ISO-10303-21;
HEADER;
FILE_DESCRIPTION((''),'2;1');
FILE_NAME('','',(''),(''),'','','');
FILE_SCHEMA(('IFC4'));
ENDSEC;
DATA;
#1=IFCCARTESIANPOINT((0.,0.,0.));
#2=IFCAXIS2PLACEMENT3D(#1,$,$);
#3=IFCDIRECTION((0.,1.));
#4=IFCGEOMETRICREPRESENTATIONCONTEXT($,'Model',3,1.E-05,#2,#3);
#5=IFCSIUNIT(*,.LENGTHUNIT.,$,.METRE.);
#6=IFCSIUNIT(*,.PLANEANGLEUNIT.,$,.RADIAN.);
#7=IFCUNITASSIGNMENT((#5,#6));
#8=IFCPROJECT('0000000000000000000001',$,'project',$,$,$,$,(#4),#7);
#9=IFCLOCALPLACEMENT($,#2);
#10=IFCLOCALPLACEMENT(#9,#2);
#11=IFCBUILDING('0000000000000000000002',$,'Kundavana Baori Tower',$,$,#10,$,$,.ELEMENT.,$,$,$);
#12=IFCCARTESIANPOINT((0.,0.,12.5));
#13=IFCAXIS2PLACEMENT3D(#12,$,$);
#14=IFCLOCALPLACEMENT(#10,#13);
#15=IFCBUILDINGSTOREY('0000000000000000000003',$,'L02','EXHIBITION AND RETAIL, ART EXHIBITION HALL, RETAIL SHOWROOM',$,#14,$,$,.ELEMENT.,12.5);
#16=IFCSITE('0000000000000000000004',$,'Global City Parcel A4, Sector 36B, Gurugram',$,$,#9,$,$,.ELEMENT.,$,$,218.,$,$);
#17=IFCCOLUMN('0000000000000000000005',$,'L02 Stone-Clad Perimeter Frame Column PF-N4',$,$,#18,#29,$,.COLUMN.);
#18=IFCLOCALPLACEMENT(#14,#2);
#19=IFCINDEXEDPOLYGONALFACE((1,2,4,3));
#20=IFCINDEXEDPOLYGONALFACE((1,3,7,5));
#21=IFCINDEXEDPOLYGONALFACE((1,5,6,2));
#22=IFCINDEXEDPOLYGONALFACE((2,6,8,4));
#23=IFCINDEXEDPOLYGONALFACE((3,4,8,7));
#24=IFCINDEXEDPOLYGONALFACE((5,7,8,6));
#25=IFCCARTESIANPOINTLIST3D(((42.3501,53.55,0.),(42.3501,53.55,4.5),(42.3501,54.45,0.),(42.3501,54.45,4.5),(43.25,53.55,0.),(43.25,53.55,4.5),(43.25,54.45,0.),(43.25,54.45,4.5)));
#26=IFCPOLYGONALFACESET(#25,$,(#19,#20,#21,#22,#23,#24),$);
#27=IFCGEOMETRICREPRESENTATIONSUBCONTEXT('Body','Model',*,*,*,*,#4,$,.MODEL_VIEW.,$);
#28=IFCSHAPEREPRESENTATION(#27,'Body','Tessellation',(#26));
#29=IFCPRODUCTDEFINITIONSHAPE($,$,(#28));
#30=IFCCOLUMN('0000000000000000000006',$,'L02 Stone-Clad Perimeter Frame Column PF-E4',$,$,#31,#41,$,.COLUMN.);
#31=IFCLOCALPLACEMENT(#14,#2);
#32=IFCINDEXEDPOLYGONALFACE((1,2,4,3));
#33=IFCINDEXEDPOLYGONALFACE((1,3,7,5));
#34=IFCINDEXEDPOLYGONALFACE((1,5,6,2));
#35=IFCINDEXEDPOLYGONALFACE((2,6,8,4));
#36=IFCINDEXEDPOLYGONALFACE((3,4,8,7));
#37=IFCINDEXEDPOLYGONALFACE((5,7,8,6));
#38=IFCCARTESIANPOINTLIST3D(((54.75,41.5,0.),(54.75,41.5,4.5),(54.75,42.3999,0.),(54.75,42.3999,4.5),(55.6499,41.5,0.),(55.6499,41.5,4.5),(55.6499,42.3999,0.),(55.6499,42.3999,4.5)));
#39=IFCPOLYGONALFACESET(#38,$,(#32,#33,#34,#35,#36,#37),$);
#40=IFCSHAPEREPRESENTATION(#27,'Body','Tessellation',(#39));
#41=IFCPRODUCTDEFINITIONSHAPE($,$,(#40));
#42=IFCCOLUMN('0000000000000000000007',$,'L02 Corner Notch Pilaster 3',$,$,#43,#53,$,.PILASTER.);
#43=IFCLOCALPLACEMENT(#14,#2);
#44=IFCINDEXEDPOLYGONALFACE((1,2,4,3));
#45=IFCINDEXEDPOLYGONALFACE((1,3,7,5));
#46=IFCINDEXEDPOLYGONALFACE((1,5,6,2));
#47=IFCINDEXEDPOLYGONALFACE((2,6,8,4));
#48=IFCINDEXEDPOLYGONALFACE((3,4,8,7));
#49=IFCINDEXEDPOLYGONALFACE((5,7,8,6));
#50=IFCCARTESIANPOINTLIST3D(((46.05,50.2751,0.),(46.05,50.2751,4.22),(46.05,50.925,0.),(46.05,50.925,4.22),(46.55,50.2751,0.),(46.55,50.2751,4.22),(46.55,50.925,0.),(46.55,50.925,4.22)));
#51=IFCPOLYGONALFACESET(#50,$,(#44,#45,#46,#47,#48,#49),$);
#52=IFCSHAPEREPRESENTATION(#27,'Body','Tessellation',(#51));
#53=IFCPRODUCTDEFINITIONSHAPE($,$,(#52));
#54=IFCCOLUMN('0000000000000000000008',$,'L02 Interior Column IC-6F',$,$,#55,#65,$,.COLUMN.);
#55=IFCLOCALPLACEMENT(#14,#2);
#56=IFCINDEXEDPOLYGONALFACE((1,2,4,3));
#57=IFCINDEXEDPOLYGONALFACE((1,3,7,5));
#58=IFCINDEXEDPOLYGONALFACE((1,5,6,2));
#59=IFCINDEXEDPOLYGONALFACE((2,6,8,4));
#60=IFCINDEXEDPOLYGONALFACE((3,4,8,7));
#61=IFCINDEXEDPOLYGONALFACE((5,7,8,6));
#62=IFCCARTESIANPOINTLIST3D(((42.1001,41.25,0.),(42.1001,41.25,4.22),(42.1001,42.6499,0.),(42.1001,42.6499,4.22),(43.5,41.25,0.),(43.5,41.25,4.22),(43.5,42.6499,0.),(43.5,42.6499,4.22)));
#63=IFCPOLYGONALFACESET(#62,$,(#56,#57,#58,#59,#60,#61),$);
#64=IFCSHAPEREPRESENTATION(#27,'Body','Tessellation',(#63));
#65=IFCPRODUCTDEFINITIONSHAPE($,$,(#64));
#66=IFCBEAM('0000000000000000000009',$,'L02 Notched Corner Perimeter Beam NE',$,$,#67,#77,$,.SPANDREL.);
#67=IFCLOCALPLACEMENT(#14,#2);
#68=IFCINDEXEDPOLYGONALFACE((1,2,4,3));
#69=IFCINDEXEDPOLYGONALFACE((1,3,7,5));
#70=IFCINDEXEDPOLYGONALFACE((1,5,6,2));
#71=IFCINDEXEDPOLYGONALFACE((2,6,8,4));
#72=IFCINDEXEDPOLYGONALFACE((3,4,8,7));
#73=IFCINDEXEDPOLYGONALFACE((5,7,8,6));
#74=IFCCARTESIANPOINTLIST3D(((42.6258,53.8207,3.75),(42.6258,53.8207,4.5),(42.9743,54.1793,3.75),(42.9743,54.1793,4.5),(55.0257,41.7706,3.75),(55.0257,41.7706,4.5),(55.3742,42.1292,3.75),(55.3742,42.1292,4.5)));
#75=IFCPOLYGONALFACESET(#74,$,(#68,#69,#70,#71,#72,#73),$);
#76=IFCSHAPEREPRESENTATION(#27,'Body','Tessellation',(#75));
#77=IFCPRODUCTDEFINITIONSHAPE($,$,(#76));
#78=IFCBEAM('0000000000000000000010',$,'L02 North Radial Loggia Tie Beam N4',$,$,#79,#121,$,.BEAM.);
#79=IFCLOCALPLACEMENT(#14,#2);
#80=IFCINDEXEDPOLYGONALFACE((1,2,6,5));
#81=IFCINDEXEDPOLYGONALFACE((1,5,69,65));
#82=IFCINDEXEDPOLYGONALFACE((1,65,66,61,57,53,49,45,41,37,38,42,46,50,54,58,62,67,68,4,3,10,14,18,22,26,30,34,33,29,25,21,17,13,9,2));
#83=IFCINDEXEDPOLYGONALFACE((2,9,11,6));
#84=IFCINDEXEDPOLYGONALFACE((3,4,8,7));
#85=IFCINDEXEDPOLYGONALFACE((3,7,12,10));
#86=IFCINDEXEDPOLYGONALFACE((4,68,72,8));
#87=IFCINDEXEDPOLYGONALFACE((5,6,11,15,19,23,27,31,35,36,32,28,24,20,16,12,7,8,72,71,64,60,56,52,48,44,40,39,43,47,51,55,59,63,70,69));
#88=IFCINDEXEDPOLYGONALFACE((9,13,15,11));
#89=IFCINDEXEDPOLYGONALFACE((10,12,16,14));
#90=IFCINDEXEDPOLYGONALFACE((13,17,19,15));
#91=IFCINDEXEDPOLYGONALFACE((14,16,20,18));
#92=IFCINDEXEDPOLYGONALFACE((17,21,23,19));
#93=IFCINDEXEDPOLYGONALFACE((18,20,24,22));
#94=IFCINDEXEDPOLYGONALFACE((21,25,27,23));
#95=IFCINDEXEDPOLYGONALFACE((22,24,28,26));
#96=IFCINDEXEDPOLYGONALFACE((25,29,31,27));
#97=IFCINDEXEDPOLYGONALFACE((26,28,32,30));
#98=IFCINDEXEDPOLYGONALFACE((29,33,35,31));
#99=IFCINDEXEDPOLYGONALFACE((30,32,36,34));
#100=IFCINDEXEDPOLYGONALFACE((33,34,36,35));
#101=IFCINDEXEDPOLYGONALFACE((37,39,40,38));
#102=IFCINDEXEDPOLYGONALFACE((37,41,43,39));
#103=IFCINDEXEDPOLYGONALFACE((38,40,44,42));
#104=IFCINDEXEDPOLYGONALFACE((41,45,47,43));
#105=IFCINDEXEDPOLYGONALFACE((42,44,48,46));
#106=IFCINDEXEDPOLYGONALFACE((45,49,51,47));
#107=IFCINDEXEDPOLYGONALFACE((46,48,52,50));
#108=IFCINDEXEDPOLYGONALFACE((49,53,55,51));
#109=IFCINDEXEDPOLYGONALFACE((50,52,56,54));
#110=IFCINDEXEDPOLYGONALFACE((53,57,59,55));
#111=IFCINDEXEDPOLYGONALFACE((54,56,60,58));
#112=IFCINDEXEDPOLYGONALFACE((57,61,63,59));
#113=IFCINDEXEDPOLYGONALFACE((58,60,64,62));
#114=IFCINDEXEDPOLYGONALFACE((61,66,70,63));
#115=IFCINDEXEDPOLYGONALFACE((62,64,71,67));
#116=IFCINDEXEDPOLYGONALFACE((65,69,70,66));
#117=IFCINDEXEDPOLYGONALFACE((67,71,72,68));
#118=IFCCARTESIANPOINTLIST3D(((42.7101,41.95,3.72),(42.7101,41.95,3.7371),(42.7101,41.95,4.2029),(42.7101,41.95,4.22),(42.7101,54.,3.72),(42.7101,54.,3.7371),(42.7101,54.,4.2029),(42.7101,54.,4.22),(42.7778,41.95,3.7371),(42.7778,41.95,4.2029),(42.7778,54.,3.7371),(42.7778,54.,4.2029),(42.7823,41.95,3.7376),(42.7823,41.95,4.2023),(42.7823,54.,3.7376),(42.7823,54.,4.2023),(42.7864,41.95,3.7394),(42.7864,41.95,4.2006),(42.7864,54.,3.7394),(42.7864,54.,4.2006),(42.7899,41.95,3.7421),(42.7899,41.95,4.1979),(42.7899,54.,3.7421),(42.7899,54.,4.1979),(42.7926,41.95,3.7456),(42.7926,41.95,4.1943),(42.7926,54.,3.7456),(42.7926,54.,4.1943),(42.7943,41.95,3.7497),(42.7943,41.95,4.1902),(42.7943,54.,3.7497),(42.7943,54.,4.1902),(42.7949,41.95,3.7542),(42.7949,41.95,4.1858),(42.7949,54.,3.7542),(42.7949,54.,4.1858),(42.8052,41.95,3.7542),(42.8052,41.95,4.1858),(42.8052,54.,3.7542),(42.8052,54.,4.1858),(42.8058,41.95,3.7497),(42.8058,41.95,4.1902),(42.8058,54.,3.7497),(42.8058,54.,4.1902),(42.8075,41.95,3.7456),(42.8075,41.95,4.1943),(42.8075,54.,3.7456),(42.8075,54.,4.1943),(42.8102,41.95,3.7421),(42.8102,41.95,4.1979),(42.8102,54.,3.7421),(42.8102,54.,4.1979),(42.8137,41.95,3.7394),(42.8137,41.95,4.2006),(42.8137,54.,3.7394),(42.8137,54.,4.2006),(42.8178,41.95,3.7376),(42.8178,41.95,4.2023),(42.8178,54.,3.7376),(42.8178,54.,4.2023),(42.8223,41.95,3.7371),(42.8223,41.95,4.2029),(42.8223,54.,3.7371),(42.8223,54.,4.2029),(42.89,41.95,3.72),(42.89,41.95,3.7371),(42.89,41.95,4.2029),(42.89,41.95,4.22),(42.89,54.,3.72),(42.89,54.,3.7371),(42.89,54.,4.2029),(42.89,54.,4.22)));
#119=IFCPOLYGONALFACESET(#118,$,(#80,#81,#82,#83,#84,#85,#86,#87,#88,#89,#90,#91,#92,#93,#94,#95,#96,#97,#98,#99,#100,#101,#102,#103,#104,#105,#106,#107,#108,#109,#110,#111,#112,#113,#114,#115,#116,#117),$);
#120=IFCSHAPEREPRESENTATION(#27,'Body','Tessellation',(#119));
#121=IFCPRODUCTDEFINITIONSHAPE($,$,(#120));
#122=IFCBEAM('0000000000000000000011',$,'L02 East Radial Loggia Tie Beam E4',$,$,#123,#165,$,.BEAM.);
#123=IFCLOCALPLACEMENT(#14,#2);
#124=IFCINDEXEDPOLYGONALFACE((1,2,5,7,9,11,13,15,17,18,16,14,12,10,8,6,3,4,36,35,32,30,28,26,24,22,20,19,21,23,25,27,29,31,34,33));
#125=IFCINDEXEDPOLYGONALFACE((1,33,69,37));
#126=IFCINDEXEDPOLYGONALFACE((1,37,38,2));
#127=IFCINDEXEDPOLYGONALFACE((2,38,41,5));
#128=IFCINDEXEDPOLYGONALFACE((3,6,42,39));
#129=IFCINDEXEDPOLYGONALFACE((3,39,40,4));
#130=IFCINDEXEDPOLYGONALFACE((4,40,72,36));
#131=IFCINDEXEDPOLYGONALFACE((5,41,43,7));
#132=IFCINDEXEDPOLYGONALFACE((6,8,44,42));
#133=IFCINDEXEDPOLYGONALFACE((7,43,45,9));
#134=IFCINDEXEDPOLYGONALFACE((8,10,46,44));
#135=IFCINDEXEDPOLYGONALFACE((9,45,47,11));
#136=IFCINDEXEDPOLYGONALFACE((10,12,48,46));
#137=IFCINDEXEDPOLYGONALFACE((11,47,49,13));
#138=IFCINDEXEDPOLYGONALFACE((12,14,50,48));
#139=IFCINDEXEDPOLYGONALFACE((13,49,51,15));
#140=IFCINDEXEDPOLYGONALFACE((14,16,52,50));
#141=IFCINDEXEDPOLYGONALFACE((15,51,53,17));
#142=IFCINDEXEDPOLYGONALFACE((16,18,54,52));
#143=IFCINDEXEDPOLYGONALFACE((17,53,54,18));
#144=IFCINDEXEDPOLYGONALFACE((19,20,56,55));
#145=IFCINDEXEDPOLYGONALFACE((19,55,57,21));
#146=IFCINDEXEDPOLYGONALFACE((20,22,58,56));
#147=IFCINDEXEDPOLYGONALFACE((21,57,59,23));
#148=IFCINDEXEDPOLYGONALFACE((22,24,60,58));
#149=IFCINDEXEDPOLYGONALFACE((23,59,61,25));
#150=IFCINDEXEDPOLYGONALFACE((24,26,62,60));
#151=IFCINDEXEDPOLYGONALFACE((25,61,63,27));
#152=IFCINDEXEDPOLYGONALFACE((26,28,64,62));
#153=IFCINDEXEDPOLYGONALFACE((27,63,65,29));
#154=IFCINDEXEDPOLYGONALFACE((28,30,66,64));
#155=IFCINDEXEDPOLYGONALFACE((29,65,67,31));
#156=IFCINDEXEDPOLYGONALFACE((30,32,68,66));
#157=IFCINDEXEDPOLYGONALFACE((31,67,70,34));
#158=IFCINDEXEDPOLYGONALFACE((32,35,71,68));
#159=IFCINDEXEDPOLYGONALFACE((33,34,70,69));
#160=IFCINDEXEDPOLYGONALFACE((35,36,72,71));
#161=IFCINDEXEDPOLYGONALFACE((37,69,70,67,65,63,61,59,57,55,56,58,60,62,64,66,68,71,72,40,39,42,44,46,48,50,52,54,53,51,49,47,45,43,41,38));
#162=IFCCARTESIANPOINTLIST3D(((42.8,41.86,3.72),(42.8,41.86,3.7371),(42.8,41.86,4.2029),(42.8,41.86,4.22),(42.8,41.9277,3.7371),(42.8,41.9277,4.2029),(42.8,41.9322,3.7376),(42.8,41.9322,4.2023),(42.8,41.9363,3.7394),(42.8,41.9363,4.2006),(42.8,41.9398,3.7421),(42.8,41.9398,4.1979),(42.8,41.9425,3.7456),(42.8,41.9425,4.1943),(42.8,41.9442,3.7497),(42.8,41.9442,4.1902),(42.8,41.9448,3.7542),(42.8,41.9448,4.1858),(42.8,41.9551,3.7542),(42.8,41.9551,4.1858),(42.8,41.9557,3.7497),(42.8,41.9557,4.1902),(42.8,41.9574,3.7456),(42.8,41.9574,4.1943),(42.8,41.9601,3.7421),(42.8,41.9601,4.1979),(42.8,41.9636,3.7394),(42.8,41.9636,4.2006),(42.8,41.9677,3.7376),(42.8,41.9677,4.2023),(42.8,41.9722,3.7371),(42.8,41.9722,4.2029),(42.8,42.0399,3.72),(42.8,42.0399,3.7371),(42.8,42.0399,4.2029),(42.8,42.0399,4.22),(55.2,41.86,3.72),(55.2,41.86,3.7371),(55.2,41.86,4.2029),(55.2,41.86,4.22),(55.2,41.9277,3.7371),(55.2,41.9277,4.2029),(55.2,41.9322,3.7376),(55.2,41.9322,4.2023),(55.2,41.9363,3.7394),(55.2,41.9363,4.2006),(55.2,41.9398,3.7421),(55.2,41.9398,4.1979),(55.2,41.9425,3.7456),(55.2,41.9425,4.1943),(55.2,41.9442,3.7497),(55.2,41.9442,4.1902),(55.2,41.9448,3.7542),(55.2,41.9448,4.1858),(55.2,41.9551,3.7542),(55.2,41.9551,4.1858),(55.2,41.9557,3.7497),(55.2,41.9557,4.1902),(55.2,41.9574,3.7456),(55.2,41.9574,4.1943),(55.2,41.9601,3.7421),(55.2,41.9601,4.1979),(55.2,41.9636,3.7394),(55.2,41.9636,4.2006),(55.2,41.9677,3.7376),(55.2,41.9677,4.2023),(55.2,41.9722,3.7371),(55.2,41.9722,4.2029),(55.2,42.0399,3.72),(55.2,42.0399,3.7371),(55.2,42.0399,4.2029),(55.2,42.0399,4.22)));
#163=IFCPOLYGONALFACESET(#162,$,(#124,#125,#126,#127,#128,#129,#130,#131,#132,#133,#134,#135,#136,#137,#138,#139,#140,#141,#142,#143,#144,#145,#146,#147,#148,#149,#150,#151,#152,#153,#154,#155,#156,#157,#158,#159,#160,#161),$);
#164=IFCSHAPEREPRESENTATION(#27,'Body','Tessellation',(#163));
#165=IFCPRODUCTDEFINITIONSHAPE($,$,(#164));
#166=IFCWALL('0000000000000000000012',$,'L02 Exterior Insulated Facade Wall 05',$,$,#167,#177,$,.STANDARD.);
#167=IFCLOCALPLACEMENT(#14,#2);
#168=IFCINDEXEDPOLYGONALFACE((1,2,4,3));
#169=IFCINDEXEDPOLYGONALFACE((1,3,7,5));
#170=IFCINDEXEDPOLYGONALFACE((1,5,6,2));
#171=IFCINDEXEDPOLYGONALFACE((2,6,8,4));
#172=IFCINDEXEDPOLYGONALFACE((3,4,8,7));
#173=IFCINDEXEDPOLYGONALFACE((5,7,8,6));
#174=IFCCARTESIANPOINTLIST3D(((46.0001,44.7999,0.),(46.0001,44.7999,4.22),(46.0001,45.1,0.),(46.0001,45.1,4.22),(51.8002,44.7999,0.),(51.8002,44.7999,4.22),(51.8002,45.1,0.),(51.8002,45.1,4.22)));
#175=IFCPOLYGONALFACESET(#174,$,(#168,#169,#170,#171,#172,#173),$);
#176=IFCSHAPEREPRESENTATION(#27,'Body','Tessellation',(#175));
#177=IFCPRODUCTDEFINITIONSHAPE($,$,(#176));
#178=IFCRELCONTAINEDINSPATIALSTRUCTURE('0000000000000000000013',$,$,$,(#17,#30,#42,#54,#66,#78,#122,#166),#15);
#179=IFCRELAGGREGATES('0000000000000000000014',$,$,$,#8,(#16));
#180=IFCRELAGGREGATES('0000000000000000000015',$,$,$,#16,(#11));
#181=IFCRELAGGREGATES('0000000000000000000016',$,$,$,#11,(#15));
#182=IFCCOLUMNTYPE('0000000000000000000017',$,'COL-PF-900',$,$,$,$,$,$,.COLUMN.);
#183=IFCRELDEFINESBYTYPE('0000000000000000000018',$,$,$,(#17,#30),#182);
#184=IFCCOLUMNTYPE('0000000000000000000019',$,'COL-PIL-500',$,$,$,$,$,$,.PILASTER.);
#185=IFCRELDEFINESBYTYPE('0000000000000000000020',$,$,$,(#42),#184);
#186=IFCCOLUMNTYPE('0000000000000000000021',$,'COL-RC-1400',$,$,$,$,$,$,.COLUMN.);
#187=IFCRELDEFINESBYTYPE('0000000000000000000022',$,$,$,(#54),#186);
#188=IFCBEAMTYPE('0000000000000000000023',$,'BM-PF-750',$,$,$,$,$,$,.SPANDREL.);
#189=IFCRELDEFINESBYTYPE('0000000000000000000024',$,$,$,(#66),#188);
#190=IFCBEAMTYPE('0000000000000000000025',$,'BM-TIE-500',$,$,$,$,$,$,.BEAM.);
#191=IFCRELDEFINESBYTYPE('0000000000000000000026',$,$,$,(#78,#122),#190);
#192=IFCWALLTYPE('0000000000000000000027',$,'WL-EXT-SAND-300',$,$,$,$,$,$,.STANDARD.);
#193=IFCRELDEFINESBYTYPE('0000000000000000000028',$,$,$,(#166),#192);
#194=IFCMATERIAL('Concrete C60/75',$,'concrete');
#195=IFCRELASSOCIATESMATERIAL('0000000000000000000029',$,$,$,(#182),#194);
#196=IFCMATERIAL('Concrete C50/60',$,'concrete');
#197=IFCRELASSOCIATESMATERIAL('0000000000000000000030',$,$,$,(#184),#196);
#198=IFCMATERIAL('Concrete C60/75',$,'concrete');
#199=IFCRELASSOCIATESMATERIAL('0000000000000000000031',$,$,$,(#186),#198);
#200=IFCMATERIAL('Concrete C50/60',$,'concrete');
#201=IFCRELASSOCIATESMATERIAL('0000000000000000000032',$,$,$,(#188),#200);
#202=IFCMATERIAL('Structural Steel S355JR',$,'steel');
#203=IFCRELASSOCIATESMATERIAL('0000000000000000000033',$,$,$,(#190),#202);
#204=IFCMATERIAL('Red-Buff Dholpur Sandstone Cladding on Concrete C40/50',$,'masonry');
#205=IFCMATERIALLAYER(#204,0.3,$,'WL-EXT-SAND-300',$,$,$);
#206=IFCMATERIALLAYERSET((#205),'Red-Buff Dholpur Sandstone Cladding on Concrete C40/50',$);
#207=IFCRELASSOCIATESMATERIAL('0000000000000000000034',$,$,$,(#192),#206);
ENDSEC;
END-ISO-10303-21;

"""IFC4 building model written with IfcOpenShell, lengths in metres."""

from ifc_helpers import new_model, si_unit, direction, frame, frame_2d, origin, origin_2d, place, context, subcontext, project, spatial, rectangle, i_section, extrude, material, layer, layer_set, material_profile, profile_set, type_object, element, save


model = new_model("IFC4")

# Units and contexts
model_context = context("Model", 3, precision=1e-05, world=origin(), true_north=direction((0.0, 1.0)))
body_context = subcontext(model_context, "Body", "Model", "MODEL_VIEW")
ifc_project = project(units=[si_unit("LENGTHUNIT", "METRE"), si_unit("PLANEANGLEUNIT", "RADIAN")], contexts=[model_context])

# Site, building, storey
site_placement = place(None, origin())
site = spatial("IfcSite", under=ifc_project, at=site_placement, Name="Global City Parcel A4, Sector 36B, Gurugram", CompositionType="ELEMENT", RefElevation=218.0)
building_placement = place(site_placement, origin())
building = spatial("IfcBuilding", under=site, at=building_placement, Name="Kundavana Baori Tower", CompositionType="ELEMENT")
storey_placement = place(building_placement, frame((0.0, 0.0, 12.5)))
storey = spatial("IfcBuildingStorey", under=building, at=storey_placement, Name="L02", Description="EXHIBITION AND RETAIL, ART EXHIBITION HALL, RETAIL SHOWROOM", CompositionType="ELEMENT", Elevation=12.5)

# Columns
ifc_material_1 = material(Name="Concrete C60/75", Category="concrete")
ifc_material_profile_1 = material_profile(ifc_material_1, rectangle(XDim=0.8999, YDim=0.8999, at=origin_2d()), Name="RC PF 900x900")
ifc_profile_set_1 = profile_set([ifc_material_profile_1], Name="Concrete C60/75")
column_type_1 = type_object("IfcColumnType", Name="COL-PF-900", PredefinedType="COLUMN", material=ifc_profile_set_1)
for number, where, z_axis, x_axis, name in (
    (1, (42.8, 54.0, 0.0), (0.0, 0.0, 1.0), (1.0, 0.0, 0.0), "L02 Stone-Clad Perimeter Frame Column PF-N4"),
    (2, (55.2, 41.95, 0.0), (0.0, 0.0, 1.0), (1.0, 0.0, 0.0), "L02 Stone-Clad Perimeter Frame Column PF-E4"),
):
    element("IfcColumn", number, at=place(storey_placement, frame(where, z_axis=z_axis, x_axis=x_axis)), inside=storey, type_object=column_type_1, Name=name, PredefinedType="COLUMN", context=body_context, shape_type="SweptSolid", body=[
        extrude(rectangle(XDim=0.8999, YDim=0.8999, at=origin_2d()), origin(), (0.0, 0.0, 1.0), 4.5),
    ])
ifc_material_2 = material(Name="Concrete C50/60", Category="concrete")
ifc_material_profile_2 = material_profile(ifc_material_2, rectangle(XDim=0.5, YDim=0.6499, at=origin_2d()), Name="RC PIL 500x650")
ifc_profile_set_2 = profile_set([ifc_material_profile_2], Name="Concrete C50/60")
column_type_2 = type_object("IfcColumnType", Name="COL-PIL-500", PredefinedType="PILASTER", material=ifc_profile_set_2)
column_1_placement = place(storey_placement, frame((46.3, 50.6001, 0.0), z_axis=(0.0, 0.0, 1.0), x_axis=(1.0, 0.0, 0.0)))
element("IfcColumn", 3, at=column_1_placement, inside=storey, type_object=column_type_2, Name="L02 Corner Notch Pilaster 3", PredefinedType="PILASTER", context=body_context, shape_type="SweptSolid", body=[
    extrude(rectangle(XDim=0.5, YDim=0.6499, at=origin_2d()), origin(), (0.0, 0.0, 1.0), 4.22),
])
ifc_material_3 = material(Name="Concrete C60/75", Category="concrete")
ifc_material_profile_3 = material_profile(ifc_material_3, rectangle(XDim=1.3999, YDim=1.3999, at=origin_2d()), Name="RC 1400x1400")
ifc_profile_set_3 = profile_set([ifc_material_profile_3], Name="Concrete C60/75")
column_type_3 = type_object("IfcColumnType", Name="COL-RC-1400", PredefinedType="COLUMN", material=ifc_profile_set_3)
column_2_placement = place(storey_placement, frame((42.8, 41.95, 0.0), z_axis=(0.0, 0.0, 1.0), x_axis=(1.0, 0.0, 0.0)))
element("IfcColumn", 4, at=column_2_placement, inside=storey, type_object=column_type_3, Name="L02 Interior Column IC-6F", PredefinedType="COLUMN", context=body_context, shape_type="SweptSolid", body=[
    extrude(rectangle(XDim=1.3999, YDim=1.3999, at=origin_2d()), origin(), (0.0, 0.0, 1.0), 4.22),
])

# Beams
ifc_material_4 = material(Name="Concrete C50/60", Category="concrete")
ifc_material_profile_4 = material_profile(ifc_material_4, rectangle(XDim=0.5, YDim=0.75, at=origin_2d()), Name="RC BM 500x750")
ifc_profile_set_4 = profile_set([ifc_material_profile_4], Name="Concrete C50/60")
beam_type_1 = type_object("IfcBeamType", Name="BM-PF-750", PredefinedType="SPANDREL", material=ifc_profile_set_4)
beam_1_placement = place(storey_placement, frame((42.8, 54.0, 4.125), z_axis=(0.717151, -0.696917, 0.0), x_axis=(0.696917, 0.717151, 0.0)))
element("IfcBeam", 5, at=beam_1_placement, inside=storey, type_object=beam_type_1, Name="L02 Notched Corner Perimeter Beam NE", PredefinedType="SPANDREL", context=body_context, shape_type="SweptSolid", body=[
    extrude(rectangle(XDim=0.5, YDim=0.75, at=origin_2d()), origin(), (0.0, 0.0, 1.0), 17.2905),
])
ifc_material_5 = material(Name="Structural Steel S355JR", Category="steel")
ifc_material_profile_5 = material_profile(ifc_material_5, i_section(OverallWidth=0.1799, OverallDepth=0.5, WebThickness=0.0103, FlangeThickness=0.0171, FilletRadius=0.0171, at=origin_2d()), Name="ISMB 500")
ifc_profile_set_5 = profile_set([ifc_material_profile_5], Name="Structural Steel S355JR")
beam_type_2 = type_object("IfcBeamType", Name="BM-TIE-500", PredefinedType="BEAM", material=ifc_profile_set_5)
beam_2_placement = place(storey_placement, frame((42.8, 41.95, 3.97), z_axis=(0.0, 1.0, 0.0), x_axis=(-1.0, 0.0, 0.0)))
element("IfcBeam", 6, at=beam_2_placement, inside=storey, type_object=beam_type_2, Name="L02 North Radial Loggia Tie Beam N4", PredefinedType="BEAM", context=body_context, shape_type="SweptSolid", body=[
    extrude(i_section(OverallWidth=0.1799, OverallDepth=0.5, WebThickness=0.0103, FlangeThickness=0.0171, FilletRadius=0.0171, at=origin_2d()), origin(), (0.0, 0.0, 1.0), 12.05),
])
beam_3_placement = place(storey_placement, frame((42.8, 41.95, 3.97), z_axis=(1.0, 0.0, 0.0), x_axis=(0.0, 1.0, 0.0)))
element("IfcBeam", 7, at=beam_3_placement, inside=storey, type_object=beam_type_2, Name="L02 East Radial Loggia Tie Beam E4", PredefinedType="BEAM", context=body_context, shape_type="SweptSolid", body=[
    extrude(i_section(OverallWidth=0.1799, OverallDepth=0.5, WebThickness=0.0103, FlangeThickness=0.0171, FilletRadius=0.0171, at=origin_2d()), origin(), (0.0, 0.0, 1.0), 12.3999),
])

# Wall
ifc_material_6 = material(Name="Red-Buff Dholpur Sandstone Cladding on Concrete C40/50", Category="masonry")
ifc_layer_1 = layer(ifc_material_6, 0.3, Name="WL-EXT-SAND-300")
ifc_layer_set_1 = layer_set([ifc_layer_1], Name="Red-Buff Dholpur Sandstone Cladding on Concrete C40/50")
wall_type_1 = type_object("IfcWallType", Name="WL-EXT-SAND-300", PredefinedType="STANDARD", material=ifc_layer_set_1)
wall_1_placement = place(storey_placement, frame((51.8, 44.95, 0.0), z_axis=(0.0, 0.0, 1.0), x_axis=(-1.0, 0.0, 0.0)))
element("IfcWall", 8, at=wall_1_placement, inside=storey, type_object=wall_type_1, Name="L02 Exterior Insulated Facade Wall 05", PredefinedType="STANDARD", context=body_context, shape_type="SweptSolid", body=[
    extrude(rectangle(XDim=5.8, YDim=0.3, at=frame_2d((2.8999, 0.0))), origin(), (0.0, 0.0, 1.0), 4.22),
])

save(model, "model.ifc")
